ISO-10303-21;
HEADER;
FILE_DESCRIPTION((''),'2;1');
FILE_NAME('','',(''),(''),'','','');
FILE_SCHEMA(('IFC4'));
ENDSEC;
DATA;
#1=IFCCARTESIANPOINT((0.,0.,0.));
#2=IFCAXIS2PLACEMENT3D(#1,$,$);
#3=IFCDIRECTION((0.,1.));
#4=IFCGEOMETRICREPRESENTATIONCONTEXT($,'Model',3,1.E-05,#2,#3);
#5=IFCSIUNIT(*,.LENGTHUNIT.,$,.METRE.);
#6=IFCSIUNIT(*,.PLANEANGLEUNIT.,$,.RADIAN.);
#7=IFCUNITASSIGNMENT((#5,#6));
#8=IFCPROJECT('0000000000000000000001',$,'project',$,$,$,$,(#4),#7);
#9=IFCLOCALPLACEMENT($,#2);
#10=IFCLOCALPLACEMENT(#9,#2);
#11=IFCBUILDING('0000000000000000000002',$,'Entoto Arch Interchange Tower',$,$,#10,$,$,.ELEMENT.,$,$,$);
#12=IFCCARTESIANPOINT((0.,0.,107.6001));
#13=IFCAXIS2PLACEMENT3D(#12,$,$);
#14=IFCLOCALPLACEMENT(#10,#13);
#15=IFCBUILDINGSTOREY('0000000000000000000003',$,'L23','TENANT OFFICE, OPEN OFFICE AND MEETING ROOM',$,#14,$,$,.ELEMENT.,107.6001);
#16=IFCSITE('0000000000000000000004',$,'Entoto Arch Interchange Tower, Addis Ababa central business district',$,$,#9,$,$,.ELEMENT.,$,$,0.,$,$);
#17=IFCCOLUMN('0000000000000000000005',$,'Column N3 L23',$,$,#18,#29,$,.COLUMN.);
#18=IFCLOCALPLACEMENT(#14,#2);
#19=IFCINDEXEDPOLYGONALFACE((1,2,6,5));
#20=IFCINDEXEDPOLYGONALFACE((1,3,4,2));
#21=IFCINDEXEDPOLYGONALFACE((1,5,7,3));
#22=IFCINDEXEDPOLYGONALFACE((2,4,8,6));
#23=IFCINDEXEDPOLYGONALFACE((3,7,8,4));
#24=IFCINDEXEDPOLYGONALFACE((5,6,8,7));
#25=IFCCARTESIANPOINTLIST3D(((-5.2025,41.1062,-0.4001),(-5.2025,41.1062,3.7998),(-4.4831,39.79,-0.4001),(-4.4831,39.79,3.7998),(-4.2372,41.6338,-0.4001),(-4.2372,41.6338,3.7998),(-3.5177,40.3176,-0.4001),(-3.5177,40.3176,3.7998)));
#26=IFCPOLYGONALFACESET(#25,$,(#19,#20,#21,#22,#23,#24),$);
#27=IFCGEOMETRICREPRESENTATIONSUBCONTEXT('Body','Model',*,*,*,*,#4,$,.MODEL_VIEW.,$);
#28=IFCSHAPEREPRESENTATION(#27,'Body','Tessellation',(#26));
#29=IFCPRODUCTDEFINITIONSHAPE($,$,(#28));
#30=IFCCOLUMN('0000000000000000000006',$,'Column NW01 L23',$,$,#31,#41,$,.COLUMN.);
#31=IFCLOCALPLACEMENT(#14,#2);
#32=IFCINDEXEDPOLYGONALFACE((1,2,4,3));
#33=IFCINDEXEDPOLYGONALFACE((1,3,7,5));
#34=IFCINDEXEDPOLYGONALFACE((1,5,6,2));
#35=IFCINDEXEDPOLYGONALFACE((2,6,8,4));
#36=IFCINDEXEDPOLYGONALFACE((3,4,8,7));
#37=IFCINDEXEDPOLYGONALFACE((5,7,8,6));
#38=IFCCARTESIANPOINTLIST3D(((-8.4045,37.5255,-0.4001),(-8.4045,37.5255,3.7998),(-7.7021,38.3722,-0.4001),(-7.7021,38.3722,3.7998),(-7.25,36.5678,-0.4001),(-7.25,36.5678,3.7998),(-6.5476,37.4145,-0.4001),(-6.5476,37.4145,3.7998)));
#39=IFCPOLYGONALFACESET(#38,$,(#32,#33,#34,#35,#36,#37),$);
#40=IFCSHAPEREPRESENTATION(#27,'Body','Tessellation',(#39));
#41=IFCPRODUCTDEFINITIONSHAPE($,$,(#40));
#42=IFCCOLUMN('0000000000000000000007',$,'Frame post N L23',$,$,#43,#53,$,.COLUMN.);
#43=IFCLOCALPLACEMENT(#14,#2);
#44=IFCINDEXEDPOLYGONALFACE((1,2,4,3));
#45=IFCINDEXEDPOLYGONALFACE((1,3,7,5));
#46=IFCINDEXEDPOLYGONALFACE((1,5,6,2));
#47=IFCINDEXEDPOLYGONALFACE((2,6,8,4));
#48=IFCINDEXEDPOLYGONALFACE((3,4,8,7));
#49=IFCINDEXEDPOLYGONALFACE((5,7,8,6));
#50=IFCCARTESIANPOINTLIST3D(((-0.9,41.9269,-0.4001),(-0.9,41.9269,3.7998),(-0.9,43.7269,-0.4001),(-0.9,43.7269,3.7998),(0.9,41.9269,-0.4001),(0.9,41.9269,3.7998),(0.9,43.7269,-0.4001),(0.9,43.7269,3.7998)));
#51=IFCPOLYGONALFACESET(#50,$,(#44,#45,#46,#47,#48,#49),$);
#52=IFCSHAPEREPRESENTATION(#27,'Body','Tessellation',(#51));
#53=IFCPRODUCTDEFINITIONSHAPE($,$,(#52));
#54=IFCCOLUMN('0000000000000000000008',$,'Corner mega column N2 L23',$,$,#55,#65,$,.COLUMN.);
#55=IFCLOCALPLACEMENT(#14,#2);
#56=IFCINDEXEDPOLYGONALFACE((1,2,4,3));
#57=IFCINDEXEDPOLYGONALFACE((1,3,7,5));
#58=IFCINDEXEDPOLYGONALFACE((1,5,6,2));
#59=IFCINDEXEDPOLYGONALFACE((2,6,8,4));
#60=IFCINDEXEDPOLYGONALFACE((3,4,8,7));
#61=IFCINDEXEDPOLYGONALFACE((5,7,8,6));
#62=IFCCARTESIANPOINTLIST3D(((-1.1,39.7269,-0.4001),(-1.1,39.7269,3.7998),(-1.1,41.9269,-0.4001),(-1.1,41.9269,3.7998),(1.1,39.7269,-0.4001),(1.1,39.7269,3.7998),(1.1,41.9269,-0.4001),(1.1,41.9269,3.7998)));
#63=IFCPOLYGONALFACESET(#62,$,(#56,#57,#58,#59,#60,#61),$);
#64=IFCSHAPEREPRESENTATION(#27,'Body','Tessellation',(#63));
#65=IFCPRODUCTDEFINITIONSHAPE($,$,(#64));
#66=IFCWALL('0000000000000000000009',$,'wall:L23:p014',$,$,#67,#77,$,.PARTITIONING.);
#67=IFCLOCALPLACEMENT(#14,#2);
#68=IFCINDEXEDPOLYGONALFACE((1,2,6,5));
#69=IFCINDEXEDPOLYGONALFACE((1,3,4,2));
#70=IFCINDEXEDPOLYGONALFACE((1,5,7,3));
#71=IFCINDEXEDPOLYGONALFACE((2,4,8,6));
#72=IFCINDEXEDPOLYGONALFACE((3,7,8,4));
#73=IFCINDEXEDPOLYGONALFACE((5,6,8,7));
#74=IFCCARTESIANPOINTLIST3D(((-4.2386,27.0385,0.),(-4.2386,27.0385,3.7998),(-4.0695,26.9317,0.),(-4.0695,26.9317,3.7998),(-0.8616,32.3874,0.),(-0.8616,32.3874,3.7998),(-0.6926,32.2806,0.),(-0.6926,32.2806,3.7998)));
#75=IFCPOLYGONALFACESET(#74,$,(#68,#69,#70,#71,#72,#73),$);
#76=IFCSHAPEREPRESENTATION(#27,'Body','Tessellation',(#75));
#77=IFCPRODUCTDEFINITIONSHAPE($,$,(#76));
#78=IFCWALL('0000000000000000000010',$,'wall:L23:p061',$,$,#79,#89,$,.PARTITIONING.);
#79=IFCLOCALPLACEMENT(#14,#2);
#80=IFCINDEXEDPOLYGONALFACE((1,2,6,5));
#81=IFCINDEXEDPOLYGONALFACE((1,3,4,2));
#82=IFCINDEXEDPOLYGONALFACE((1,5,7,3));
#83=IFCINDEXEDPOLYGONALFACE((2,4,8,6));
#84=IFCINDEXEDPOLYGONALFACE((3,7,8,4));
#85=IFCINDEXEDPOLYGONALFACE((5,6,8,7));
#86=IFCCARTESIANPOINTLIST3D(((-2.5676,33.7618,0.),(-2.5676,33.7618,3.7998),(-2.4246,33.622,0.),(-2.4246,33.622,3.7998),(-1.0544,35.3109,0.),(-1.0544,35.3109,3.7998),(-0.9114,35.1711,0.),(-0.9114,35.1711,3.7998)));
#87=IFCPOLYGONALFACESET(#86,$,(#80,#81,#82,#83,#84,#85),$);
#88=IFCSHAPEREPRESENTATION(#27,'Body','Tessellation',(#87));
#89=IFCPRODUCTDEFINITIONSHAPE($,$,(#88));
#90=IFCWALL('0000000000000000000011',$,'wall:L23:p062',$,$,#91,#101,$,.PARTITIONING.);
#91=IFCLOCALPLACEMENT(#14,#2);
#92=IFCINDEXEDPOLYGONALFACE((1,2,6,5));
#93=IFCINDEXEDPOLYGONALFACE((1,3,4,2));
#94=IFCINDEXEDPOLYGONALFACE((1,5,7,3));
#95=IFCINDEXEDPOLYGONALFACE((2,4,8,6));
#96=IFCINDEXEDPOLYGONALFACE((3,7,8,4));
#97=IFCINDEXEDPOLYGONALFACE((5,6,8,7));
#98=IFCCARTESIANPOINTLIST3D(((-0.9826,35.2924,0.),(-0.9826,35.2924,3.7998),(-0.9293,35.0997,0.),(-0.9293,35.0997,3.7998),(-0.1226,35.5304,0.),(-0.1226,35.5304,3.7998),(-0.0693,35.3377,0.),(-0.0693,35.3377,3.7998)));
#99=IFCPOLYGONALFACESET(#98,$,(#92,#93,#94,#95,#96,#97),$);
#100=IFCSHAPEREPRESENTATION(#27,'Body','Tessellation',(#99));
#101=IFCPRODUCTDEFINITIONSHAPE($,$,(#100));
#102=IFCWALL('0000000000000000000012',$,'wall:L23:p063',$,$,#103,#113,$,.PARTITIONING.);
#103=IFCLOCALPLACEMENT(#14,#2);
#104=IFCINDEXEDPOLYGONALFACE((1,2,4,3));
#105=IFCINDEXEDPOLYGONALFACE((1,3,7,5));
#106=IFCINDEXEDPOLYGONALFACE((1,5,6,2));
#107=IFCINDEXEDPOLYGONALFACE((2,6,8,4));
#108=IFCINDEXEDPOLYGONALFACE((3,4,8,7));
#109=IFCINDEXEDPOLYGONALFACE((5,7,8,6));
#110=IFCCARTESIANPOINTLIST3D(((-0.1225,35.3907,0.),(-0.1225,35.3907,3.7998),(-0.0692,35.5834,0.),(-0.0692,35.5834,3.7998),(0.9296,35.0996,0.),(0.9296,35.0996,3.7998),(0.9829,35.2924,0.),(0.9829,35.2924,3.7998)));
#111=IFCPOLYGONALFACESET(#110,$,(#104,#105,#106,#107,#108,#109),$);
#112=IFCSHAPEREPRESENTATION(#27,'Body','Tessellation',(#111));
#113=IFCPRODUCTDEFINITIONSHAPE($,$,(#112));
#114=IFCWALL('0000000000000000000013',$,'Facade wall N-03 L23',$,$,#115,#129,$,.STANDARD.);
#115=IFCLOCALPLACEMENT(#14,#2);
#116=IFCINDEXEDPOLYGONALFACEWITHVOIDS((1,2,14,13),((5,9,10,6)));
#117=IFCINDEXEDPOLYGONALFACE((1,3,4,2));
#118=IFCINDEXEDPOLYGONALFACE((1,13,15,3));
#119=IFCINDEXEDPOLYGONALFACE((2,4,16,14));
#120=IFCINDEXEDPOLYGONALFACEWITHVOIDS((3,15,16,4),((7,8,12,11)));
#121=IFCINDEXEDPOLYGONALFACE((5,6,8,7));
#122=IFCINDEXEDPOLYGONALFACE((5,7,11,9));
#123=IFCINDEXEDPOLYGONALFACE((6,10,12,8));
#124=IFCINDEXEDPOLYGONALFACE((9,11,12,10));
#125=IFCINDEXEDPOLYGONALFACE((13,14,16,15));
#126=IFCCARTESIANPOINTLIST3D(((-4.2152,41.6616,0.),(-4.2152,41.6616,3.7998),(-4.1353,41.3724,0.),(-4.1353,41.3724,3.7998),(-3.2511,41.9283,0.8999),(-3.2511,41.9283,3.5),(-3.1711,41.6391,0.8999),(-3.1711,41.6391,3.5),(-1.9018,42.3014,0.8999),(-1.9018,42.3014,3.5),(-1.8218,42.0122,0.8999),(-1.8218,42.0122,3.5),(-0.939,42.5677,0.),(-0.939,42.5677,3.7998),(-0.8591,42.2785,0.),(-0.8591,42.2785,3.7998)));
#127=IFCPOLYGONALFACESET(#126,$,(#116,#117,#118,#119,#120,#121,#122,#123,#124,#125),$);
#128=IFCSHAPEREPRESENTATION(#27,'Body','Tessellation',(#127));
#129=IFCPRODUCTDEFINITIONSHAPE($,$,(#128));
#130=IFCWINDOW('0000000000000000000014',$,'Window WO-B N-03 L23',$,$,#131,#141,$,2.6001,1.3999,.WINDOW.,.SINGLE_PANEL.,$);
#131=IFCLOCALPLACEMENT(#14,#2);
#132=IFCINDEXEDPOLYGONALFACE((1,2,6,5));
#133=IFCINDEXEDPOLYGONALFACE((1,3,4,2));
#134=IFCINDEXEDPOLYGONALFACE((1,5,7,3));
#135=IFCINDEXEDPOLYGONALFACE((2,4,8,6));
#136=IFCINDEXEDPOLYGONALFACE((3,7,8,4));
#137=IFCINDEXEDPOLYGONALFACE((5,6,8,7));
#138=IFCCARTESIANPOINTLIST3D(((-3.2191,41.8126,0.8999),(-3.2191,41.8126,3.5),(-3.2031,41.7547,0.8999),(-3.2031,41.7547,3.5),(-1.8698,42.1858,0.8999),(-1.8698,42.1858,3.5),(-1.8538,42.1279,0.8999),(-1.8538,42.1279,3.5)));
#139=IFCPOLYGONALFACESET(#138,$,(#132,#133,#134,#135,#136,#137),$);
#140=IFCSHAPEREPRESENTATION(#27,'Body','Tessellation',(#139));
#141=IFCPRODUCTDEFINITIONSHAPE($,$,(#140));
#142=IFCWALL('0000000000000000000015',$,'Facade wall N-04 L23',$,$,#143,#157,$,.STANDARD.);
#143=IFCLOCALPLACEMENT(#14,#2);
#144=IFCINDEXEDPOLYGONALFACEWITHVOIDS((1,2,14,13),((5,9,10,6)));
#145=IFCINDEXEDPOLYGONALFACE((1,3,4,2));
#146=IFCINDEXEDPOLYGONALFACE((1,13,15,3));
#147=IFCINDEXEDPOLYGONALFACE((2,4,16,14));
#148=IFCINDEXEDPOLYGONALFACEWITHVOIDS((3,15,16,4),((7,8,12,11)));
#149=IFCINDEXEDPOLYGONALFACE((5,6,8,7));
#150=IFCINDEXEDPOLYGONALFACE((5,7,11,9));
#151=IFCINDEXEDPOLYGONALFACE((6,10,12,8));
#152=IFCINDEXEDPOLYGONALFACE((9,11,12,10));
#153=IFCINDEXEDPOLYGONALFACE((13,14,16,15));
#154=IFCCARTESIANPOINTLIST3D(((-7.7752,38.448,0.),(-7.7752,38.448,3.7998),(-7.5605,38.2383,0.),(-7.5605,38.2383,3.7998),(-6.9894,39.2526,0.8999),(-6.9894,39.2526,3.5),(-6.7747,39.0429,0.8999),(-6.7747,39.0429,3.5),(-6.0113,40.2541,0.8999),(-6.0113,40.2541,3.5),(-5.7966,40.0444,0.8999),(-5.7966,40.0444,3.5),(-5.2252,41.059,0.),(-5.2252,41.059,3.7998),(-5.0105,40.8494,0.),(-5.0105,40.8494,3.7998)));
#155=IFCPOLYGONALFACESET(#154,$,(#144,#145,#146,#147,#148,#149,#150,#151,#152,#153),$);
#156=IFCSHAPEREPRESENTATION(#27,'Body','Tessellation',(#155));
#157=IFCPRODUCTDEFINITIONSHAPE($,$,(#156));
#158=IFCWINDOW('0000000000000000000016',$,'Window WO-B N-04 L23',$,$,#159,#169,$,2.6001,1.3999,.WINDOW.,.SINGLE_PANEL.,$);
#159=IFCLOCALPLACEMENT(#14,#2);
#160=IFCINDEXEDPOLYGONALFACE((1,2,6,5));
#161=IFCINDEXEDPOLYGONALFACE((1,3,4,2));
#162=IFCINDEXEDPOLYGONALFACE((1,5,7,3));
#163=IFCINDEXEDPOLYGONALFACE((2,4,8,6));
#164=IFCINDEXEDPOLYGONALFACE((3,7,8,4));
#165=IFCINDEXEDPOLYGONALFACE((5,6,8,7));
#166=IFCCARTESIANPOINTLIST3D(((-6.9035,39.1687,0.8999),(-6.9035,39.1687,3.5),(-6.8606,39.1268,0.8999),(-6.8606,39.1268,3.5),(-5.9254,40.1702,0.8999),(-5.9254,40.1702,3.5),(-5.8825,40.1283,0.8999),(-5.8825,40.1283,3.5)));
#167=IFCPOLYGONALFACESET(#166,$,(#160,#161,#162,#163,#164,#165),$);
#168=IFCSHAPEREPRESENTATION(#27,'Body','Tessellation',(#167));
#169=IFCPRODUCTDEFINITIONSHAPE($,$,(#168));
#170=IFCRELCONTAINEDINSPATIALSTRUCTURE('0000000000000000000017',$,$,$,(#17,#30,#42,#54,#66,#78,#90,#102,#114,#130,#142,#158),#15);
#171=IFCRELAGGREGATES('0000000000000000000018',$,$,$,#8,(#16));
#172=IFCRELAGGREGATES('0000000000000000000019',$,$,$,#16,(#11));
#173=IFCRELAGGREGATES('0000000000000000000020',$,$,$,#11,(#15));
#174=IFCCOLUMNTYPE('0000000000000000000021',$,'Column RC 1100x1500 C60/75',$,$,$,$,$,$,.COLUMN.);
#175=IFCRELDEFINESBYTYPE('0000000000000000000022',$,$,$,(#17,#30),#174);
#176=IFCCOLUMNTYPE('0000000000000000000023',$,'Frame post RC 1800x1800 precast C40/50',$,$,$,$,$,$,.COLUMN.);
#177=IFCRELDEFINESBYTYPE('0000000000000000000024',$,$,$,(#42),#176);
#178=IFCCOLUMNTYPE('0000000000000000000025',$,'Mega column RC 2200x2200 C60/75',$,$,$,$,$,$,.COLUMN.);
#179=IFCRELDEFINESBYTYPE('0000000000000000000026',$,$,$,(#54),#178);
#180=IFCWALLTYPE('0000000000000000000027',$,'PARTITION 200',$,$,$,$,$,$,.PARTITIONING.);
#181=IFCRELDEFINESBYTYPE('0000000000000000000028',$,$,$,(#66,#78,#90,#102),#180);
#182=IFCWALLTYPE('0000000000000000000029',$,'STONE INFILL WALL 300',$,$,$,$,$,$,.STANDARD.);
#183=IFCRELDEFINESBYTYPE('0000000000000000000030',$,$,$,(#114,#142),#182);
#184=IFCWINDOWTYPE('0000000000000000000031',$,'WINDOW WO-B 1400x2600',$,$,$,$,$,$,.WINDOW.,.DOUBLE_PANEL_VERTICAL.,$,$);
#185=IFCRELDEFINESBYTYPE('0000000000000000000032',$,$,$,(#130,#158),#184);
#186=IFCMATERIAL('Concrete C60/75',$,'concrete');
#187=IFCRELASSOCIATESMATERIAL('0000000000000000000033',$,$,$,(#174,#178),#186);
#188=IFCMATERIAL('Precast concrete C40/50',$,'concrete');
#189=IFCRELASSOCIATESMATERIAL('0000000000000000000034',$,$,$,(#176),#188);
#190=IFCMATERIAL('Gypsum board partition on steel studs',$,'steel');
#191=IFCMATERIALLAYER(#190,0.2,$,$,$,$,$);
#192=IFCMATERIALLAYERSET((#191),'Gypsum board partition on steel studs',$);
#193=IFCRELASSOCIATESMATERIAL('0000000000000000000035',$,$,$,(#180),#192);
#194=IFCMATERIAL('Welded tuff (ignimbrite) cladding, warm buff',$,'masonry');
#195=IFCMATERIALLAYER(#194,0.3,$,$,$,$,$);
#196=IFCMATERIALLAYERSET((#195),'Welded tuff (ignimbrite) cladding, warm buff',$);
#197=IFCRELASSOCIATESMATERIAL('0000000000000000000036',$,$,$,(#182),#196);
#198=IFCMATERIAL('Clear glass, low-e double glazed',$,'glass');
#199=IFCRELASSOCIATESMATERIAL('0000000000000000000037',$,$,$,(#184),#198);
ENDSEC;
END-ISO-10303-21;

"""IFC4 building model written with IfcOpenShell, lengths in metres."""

from ifc_helpers import new_model, si_unit, direction, frame, frame_2d, origin, origin_2d, place, context, subcontext, project, spatial, rectangle, extrude, material, layer, layer_set, material_profile, profile_set, type_object, element, fill, save


model = new_model("IFC4")

# Units and contexts
model_context = context("Model", 3, precision=1e-05, world=origin(), true_north=direction((0.0, 1.0)))
body_context = subcontext(model_context, "Body", "Model", "MODEL_VIEW")
ifc_project = project(units=[si_unit("LENGTHUNIT", "METRE"), si_unit("PLANEANGLEUNIT", "RADIAN")], contexts=[model_context])

# Site, building, storey
site_placement = place(None, origin())
site = spatial("IfcSite", under=ifc_project, at=site_placement, Name="Entoto Arch Interchange Tower, Addis Ababa central business district", CompositionType="ELEMENT", RefElevation=0.0)
building_placement = place(site_placement, origin())
building = spatial("IfcBuilding", under=site, at=building_placement, Name="Entoto Arch Interchange Tower", CompositionType="ELEMENT")
storey_placement = place(building_placement, frame((0.0, 0.0, 107.6001)))
storey = spatial("IfcBuildingStorey", under=building, at=storey_placement, Name="L23", Description="TENANT OFFICE, OPEN OFFICE AND MEETING ROOM", CompositionType="ELEMENT", Elevation=107.6001)

# Columns
ifc_material_1 = material(Name="Concrete C60/75", Category="concrete")
ifc_material_profile_1 = material_profile(ifc_material_1, rectangle(XDim=1.1001, YDim=1.5, at=origin_2d()))
ifc_profile_set_1 = profile_set([ifc_material_profile_1], Name="Concrete C60/75")
column_type_1 = type_object("IfcColumnType", Name="Column RC 1100x1500 C60/75", PredefinedType="COLUMN", material=ifc_profile_set_1)
for number, where, z_axis, x_axis, name in (
    (1, (-4.3601, 40.7119, -0.4001), (0.0, 0.0, 1.0), (0.877481, 0.479611, 0.0), "Column N3 L23"),
    (2, (-7.4761, 37.47, -0.4001), (0.0, 0.0, 1.0), (0.638459, 0.769656, 0.0), "Column NW01 L23"),
):
    element("IfcColumn", number, at=place(storey_placement, frame(where, z_axis=z_axis, x_axis=x_axis)), inside=storey, type_object=column_type_1, Name=name, PredefinedType="COLUMN", context=body_context, shape_type="SweptSolid", body=[
        extrude(rectangle(XDim=1.1001, YDim=1.5, at=origin_2d()), origin(), (0.0, 0.0, 1.0), 4.2),
    ])
ifc_material_2 = material(Name="Precast concrete C40/50", Category="concrete")
ifc_material_profile_2 = material_profile(ifc_material_2, rectangle(XDim=1.8, YDim=1.8, at=origin_2d()))
ifc_profile_set_2 = profile_set([ifc_material_profile_2], Name="Precast concrete C40/50")
column_type_2 = type_object("IfcColumnType", Name="Frame post RC 1800x1800 precast C40/50", PredefinedType="COLUMN", material=ifc_profile_set_2)
column_1_placement = place(storey_placement, frame((0.0, 42.8269, -0.4001), z_axis=(0.0, 0.0, 1.0), x_axis=(0.0, 1.0, 0.0)))
element("IfcColumn", 3, at=column_1_placement, inside=storey, type_object=column_type_2, Name="Frame post N L23", PredefinedType="COLUMN", context=body_context, shape_type="SweptSolid", body=[
    extrude(rectangle(XDim=1.8, YDim=1.8, at=origin_2d()), origin(), (0.0, 0.0, 1.0), 4.2),
])
ifc_material_profile_3 = material_profile(ifc_material_1, rectangle(XDim=2.2, YDim=2.2, at=origin_2d()))
ifc_profile_set_3 = profile_set([ifc_material_profile_3], Name="Concrete C60/75")
column_type_3 = type_object("IfcColumnType", Name="Mega column RC 2200x2200 C60/75", PredefinedType="COLUMN", material=ifc_profile_set_3)
column_2_placement = place(storey_placement, frame((0.0, 40.8269, -0.4001), z_axis=(0.0, 0.0, 1.0), x_axis=(0.0, 1.0, 0.0)))
element("IfcColumn", 4, at=column_2_placement, inside=storey, type_object=column_type_3, Name="Corner mega column N2 L23", PredefinedType="COLUMN", context=body_context, shape_type="SweptSolid", body=[
    extrude(rectangle(XDim=2.2, YDim=2.2, at=origin_2d()), origin(), (0.0, 0.0, 1.0), 4.2),
])

# Walls
ifc_material_3 = material(Name="Gypsum board partition on steel studs", Category="steel")
ifc_layer_1 = layer(ifc_material_3, 0.2)
ifc_layer_set_1 = layer_set([ifc_layer_1], Name="Gypsum board partition on steel studs")
wall_type_1 = type_object("IfcWallType", Name="PARTITION 200", PredefinedType="PARTITIONING", material=ifc_layer_set_1)
wall_1_placement = place(storey_placement, frame((-0.7771, 32.334, 0.0), z_axis=(0.0, 0.0, 1.0), x_axis=(-0.533848, -0.845581, 0.0)))
element("IfcWall", 5, at=wall_1_placement, inside=storey, type_object=wall_type_1, Name="wall:L23:p014", PredefinedType="PARTITIONING", context=body_context, shape_type="SweptSolid", body=[
    extrude(rectangle(XDim=6.3257, YDim=0.2, at=frame_2d((3.1628, 0.0))), origin(), (0.0, 0.0, 1.0), 3.7998),
])
wall_2_placement = place(storey_placement, frame((-2.4961, 33.6919, 0.0), z_axis=(0.0, 0.0, 1.0), x_axis=(0.698772, 0.715345, 0.0)))
element("IfcWall", 6, at=wall_2_placement, inside=storey, type_object=wall_type_1, Name="wall:L23:p061", PredefinedType="PARTITIONING", context=body_context, shape_type="SweptSolid", body=[
    extrude(rectangle(XDim=2.1655, YDim=0.2, at=frame_2d((1.0828, 0.0))), origin(), (0.0, 0.0, 1.0), 3.7998),
])
wall_3_placement = place(storey_placement, frame((-0.9561, 35.196, 0.0), z_axis=(0.0, 0.0, 1.0), x_axis=(0.963772, 0.266727, 0.0)))
element("IfcWall", 7, at=wall_3_placement, inside=storey, type_object=wall_type_1, Name="wall:L23:p062", PredefinedType="PARTITIONING", context=body_context, shape_type="SweptSolid", body=[
    extrude(rectangle(XDim=0.8923, YDim=0.2, at=frame_2d((0.4463, 0.0))), origin(), (0.0, 0.0, 1.0), 3.7998),
])
wall_4_placement = place(storey_placement, frame((-0.0959, 35.4871, 0.0), z_axis=(0.0, 0.0, 1.0), x_axis=(0.963803, -0.266617, 0.0)))
element("IfcWall", 8, at=wall_4_placement, inside=storey, type_object=wall_type_1, Name="wall:L23:p063", PredefinedType="PARTITIONING", context=body_context, shape_type="SweptSolid", body=[
    extrude(rectangle(XDim=1.0916, YDim=0.2, at=frame_2d((0.5459, 0.0))), origin(), (0.0, 0.0, 1.0), 3.7998),
])

# Walls, openings, windows
ifc_material_4 = material(Name="Welded tuff (ignimbrite) cladding, warm buff", Category="masonry")
ifc_layer_2 = layer(ifc_material_4, 0.3)
ifc_layer_set_2 = layer_set([ifc_layer_2], Name="Welded tuff (ignimbrite) cladding, warm buff")
wall_type_2 = type_object("IfcWallType", Name="STONE INFILL WALL 300", PredefinedType="STANDARD", material=ifc_layer_set_2)
wall_5_placement = place(storey_placement, frame((-0.8989, 42.4231, 0.0), z_axis=(0.0, 0.0, 1.0), x_axis=(-0.963823, -0.266543, 0.0)))
wall_5 = element("IfcWall", 9, at=wall_5_placement, inside=storey, type_object=wall_type_2, Name="Facade wall N-03 L23", PredefinedType="STANDARD", context=body_context, shape_type="SweptSolid", body=[
    extrude(rectangle(XDim=3.3992, YDim=0.3, at=frame_2d((1.6997, 0.0))), origin(), (0.0, 0.0, 1.0), 3.7998),
])
opening_1_placement = place(wall_5_placement, frame((0.999, 0.0, 0.8999)))
opening_1 = element("IfcOpeningElement", 10, at=opening_1_placement, cuts=wall_5, PredefinedType="OPENING", context=body_context, shape_type="SweptSolid", body=[
    extrude(rectangle(XDim=1.3999, YDim=2.6001, at=frame_2d((0.7, 1.3))), frame((0.0, 0.1602, 0.0), z_axis=(0.0, -1.0, 0.0), x_axis=(1.0, 0.0, 0.0)), (0.0, 0.0, 1.0), 0.3201),
])
ifc_material_5 = material(Name="Clear glass, low-e double glazed", Category="glass")
window_type_1 = type_object("IfcWindowType", Name="WINDOW WO-B 1400x2600", PartitioningType="DOUBLE_PANEL_VERTICAL", PredefinedType="WINDOW", material=ifc_material_5)
window_1_placement = place(opening_1_placement, origin())
window_1 = element("IfcWindow", 11, at=window_1_placement, inside=storey, type_object=window_type_1, Name="Window WO-B N-03 L23", OverallHeight=2.6001, OverallWidth=1.3999, PartitioningType="SINGLE_PANEL", PredefinedType="WINDOW", context=body_context, shape_type="SweptSolid", body=[
    extrude(rectangle(XDim=1.3999, YDim=2.6001, at=frame_2d((0.7, 1.3))), frame((0.0, 0.03, 0.0), z_axis=(0.0, -1.0, 0.0), x_axis=(1.0, 0.0, 0.0)), (0.0, 0.0, 1.0), 0.0601),
])
fill(opening_1, window_1)
wall_6_placement = place(storey_placement, frame((-5.1179, 40.9541, 0.0), z_axis=(0.0, 0.0, 1.0), x_axis=(-0.698696, -0.715419, 0.0)))
wall_6 = element("IfcWall", 12, at=wall_6_placement, inside=storey, type_object=wall_type_2, Name="Facade wall N-04 L23", PredefinedType="STANDARD", context=body_context, shape_type="SweptSolid", body=[
    extrude(rectangle(XDim=3.6497, YDim=0.3, at=frame_2d((1.8247, 0.0))), origin(), (0.0, 0.0, 1.0), 3.7998),
])
opening_2_placement = place(wall_6_placement, frame((1.125, 0.0, 0.8999)))
opening_2 = element("IfcOpeningElement", 13, at=opening_2_placement, cuts=wall_6, PredefinedType="OPENING", context=body_context, shape_type="SweptSolid", body=[
    extrude(rectangle(XDim=1.3999, YDim=2.6001, at=frame_2d((0.7, 1.3))), frame((0.0, 0.1602, 0.0), z_axis=(0.0, -1.0, 0.0), x_axis=(1.0, 0.0, 0.0)), (0.0, 0.0, 1.0), 0.3201),
])
window_2_placement = place(opening_2_placement, origin())
window_2 = element("IfcWindow", 14, at=window_2_placement, inside=storey, type_object=window_type_1, Name="Window WO-B N-04 L23", OverallHeight=2.6001, OverallWidth=1.3999, PartitioningType="SINGLE_PANEL", PredefinedType="WINDOW", context=body_context, shape_type="SweptSolid", body=[
    extrude(rectangle(XDim=1.3999, YDim=2.6001, at=frame_2d((0.7, 1.3))), frame((0.0, 0.03, 0.0), z_axis=(0.0, -1.0, 0.0), x_axis=(1.0, 0.0, 0.0)), (0.0, 0.0, 1.0), 0.0601),
])
fill(opening_2, window_2)

save(model, "model.ifc")
